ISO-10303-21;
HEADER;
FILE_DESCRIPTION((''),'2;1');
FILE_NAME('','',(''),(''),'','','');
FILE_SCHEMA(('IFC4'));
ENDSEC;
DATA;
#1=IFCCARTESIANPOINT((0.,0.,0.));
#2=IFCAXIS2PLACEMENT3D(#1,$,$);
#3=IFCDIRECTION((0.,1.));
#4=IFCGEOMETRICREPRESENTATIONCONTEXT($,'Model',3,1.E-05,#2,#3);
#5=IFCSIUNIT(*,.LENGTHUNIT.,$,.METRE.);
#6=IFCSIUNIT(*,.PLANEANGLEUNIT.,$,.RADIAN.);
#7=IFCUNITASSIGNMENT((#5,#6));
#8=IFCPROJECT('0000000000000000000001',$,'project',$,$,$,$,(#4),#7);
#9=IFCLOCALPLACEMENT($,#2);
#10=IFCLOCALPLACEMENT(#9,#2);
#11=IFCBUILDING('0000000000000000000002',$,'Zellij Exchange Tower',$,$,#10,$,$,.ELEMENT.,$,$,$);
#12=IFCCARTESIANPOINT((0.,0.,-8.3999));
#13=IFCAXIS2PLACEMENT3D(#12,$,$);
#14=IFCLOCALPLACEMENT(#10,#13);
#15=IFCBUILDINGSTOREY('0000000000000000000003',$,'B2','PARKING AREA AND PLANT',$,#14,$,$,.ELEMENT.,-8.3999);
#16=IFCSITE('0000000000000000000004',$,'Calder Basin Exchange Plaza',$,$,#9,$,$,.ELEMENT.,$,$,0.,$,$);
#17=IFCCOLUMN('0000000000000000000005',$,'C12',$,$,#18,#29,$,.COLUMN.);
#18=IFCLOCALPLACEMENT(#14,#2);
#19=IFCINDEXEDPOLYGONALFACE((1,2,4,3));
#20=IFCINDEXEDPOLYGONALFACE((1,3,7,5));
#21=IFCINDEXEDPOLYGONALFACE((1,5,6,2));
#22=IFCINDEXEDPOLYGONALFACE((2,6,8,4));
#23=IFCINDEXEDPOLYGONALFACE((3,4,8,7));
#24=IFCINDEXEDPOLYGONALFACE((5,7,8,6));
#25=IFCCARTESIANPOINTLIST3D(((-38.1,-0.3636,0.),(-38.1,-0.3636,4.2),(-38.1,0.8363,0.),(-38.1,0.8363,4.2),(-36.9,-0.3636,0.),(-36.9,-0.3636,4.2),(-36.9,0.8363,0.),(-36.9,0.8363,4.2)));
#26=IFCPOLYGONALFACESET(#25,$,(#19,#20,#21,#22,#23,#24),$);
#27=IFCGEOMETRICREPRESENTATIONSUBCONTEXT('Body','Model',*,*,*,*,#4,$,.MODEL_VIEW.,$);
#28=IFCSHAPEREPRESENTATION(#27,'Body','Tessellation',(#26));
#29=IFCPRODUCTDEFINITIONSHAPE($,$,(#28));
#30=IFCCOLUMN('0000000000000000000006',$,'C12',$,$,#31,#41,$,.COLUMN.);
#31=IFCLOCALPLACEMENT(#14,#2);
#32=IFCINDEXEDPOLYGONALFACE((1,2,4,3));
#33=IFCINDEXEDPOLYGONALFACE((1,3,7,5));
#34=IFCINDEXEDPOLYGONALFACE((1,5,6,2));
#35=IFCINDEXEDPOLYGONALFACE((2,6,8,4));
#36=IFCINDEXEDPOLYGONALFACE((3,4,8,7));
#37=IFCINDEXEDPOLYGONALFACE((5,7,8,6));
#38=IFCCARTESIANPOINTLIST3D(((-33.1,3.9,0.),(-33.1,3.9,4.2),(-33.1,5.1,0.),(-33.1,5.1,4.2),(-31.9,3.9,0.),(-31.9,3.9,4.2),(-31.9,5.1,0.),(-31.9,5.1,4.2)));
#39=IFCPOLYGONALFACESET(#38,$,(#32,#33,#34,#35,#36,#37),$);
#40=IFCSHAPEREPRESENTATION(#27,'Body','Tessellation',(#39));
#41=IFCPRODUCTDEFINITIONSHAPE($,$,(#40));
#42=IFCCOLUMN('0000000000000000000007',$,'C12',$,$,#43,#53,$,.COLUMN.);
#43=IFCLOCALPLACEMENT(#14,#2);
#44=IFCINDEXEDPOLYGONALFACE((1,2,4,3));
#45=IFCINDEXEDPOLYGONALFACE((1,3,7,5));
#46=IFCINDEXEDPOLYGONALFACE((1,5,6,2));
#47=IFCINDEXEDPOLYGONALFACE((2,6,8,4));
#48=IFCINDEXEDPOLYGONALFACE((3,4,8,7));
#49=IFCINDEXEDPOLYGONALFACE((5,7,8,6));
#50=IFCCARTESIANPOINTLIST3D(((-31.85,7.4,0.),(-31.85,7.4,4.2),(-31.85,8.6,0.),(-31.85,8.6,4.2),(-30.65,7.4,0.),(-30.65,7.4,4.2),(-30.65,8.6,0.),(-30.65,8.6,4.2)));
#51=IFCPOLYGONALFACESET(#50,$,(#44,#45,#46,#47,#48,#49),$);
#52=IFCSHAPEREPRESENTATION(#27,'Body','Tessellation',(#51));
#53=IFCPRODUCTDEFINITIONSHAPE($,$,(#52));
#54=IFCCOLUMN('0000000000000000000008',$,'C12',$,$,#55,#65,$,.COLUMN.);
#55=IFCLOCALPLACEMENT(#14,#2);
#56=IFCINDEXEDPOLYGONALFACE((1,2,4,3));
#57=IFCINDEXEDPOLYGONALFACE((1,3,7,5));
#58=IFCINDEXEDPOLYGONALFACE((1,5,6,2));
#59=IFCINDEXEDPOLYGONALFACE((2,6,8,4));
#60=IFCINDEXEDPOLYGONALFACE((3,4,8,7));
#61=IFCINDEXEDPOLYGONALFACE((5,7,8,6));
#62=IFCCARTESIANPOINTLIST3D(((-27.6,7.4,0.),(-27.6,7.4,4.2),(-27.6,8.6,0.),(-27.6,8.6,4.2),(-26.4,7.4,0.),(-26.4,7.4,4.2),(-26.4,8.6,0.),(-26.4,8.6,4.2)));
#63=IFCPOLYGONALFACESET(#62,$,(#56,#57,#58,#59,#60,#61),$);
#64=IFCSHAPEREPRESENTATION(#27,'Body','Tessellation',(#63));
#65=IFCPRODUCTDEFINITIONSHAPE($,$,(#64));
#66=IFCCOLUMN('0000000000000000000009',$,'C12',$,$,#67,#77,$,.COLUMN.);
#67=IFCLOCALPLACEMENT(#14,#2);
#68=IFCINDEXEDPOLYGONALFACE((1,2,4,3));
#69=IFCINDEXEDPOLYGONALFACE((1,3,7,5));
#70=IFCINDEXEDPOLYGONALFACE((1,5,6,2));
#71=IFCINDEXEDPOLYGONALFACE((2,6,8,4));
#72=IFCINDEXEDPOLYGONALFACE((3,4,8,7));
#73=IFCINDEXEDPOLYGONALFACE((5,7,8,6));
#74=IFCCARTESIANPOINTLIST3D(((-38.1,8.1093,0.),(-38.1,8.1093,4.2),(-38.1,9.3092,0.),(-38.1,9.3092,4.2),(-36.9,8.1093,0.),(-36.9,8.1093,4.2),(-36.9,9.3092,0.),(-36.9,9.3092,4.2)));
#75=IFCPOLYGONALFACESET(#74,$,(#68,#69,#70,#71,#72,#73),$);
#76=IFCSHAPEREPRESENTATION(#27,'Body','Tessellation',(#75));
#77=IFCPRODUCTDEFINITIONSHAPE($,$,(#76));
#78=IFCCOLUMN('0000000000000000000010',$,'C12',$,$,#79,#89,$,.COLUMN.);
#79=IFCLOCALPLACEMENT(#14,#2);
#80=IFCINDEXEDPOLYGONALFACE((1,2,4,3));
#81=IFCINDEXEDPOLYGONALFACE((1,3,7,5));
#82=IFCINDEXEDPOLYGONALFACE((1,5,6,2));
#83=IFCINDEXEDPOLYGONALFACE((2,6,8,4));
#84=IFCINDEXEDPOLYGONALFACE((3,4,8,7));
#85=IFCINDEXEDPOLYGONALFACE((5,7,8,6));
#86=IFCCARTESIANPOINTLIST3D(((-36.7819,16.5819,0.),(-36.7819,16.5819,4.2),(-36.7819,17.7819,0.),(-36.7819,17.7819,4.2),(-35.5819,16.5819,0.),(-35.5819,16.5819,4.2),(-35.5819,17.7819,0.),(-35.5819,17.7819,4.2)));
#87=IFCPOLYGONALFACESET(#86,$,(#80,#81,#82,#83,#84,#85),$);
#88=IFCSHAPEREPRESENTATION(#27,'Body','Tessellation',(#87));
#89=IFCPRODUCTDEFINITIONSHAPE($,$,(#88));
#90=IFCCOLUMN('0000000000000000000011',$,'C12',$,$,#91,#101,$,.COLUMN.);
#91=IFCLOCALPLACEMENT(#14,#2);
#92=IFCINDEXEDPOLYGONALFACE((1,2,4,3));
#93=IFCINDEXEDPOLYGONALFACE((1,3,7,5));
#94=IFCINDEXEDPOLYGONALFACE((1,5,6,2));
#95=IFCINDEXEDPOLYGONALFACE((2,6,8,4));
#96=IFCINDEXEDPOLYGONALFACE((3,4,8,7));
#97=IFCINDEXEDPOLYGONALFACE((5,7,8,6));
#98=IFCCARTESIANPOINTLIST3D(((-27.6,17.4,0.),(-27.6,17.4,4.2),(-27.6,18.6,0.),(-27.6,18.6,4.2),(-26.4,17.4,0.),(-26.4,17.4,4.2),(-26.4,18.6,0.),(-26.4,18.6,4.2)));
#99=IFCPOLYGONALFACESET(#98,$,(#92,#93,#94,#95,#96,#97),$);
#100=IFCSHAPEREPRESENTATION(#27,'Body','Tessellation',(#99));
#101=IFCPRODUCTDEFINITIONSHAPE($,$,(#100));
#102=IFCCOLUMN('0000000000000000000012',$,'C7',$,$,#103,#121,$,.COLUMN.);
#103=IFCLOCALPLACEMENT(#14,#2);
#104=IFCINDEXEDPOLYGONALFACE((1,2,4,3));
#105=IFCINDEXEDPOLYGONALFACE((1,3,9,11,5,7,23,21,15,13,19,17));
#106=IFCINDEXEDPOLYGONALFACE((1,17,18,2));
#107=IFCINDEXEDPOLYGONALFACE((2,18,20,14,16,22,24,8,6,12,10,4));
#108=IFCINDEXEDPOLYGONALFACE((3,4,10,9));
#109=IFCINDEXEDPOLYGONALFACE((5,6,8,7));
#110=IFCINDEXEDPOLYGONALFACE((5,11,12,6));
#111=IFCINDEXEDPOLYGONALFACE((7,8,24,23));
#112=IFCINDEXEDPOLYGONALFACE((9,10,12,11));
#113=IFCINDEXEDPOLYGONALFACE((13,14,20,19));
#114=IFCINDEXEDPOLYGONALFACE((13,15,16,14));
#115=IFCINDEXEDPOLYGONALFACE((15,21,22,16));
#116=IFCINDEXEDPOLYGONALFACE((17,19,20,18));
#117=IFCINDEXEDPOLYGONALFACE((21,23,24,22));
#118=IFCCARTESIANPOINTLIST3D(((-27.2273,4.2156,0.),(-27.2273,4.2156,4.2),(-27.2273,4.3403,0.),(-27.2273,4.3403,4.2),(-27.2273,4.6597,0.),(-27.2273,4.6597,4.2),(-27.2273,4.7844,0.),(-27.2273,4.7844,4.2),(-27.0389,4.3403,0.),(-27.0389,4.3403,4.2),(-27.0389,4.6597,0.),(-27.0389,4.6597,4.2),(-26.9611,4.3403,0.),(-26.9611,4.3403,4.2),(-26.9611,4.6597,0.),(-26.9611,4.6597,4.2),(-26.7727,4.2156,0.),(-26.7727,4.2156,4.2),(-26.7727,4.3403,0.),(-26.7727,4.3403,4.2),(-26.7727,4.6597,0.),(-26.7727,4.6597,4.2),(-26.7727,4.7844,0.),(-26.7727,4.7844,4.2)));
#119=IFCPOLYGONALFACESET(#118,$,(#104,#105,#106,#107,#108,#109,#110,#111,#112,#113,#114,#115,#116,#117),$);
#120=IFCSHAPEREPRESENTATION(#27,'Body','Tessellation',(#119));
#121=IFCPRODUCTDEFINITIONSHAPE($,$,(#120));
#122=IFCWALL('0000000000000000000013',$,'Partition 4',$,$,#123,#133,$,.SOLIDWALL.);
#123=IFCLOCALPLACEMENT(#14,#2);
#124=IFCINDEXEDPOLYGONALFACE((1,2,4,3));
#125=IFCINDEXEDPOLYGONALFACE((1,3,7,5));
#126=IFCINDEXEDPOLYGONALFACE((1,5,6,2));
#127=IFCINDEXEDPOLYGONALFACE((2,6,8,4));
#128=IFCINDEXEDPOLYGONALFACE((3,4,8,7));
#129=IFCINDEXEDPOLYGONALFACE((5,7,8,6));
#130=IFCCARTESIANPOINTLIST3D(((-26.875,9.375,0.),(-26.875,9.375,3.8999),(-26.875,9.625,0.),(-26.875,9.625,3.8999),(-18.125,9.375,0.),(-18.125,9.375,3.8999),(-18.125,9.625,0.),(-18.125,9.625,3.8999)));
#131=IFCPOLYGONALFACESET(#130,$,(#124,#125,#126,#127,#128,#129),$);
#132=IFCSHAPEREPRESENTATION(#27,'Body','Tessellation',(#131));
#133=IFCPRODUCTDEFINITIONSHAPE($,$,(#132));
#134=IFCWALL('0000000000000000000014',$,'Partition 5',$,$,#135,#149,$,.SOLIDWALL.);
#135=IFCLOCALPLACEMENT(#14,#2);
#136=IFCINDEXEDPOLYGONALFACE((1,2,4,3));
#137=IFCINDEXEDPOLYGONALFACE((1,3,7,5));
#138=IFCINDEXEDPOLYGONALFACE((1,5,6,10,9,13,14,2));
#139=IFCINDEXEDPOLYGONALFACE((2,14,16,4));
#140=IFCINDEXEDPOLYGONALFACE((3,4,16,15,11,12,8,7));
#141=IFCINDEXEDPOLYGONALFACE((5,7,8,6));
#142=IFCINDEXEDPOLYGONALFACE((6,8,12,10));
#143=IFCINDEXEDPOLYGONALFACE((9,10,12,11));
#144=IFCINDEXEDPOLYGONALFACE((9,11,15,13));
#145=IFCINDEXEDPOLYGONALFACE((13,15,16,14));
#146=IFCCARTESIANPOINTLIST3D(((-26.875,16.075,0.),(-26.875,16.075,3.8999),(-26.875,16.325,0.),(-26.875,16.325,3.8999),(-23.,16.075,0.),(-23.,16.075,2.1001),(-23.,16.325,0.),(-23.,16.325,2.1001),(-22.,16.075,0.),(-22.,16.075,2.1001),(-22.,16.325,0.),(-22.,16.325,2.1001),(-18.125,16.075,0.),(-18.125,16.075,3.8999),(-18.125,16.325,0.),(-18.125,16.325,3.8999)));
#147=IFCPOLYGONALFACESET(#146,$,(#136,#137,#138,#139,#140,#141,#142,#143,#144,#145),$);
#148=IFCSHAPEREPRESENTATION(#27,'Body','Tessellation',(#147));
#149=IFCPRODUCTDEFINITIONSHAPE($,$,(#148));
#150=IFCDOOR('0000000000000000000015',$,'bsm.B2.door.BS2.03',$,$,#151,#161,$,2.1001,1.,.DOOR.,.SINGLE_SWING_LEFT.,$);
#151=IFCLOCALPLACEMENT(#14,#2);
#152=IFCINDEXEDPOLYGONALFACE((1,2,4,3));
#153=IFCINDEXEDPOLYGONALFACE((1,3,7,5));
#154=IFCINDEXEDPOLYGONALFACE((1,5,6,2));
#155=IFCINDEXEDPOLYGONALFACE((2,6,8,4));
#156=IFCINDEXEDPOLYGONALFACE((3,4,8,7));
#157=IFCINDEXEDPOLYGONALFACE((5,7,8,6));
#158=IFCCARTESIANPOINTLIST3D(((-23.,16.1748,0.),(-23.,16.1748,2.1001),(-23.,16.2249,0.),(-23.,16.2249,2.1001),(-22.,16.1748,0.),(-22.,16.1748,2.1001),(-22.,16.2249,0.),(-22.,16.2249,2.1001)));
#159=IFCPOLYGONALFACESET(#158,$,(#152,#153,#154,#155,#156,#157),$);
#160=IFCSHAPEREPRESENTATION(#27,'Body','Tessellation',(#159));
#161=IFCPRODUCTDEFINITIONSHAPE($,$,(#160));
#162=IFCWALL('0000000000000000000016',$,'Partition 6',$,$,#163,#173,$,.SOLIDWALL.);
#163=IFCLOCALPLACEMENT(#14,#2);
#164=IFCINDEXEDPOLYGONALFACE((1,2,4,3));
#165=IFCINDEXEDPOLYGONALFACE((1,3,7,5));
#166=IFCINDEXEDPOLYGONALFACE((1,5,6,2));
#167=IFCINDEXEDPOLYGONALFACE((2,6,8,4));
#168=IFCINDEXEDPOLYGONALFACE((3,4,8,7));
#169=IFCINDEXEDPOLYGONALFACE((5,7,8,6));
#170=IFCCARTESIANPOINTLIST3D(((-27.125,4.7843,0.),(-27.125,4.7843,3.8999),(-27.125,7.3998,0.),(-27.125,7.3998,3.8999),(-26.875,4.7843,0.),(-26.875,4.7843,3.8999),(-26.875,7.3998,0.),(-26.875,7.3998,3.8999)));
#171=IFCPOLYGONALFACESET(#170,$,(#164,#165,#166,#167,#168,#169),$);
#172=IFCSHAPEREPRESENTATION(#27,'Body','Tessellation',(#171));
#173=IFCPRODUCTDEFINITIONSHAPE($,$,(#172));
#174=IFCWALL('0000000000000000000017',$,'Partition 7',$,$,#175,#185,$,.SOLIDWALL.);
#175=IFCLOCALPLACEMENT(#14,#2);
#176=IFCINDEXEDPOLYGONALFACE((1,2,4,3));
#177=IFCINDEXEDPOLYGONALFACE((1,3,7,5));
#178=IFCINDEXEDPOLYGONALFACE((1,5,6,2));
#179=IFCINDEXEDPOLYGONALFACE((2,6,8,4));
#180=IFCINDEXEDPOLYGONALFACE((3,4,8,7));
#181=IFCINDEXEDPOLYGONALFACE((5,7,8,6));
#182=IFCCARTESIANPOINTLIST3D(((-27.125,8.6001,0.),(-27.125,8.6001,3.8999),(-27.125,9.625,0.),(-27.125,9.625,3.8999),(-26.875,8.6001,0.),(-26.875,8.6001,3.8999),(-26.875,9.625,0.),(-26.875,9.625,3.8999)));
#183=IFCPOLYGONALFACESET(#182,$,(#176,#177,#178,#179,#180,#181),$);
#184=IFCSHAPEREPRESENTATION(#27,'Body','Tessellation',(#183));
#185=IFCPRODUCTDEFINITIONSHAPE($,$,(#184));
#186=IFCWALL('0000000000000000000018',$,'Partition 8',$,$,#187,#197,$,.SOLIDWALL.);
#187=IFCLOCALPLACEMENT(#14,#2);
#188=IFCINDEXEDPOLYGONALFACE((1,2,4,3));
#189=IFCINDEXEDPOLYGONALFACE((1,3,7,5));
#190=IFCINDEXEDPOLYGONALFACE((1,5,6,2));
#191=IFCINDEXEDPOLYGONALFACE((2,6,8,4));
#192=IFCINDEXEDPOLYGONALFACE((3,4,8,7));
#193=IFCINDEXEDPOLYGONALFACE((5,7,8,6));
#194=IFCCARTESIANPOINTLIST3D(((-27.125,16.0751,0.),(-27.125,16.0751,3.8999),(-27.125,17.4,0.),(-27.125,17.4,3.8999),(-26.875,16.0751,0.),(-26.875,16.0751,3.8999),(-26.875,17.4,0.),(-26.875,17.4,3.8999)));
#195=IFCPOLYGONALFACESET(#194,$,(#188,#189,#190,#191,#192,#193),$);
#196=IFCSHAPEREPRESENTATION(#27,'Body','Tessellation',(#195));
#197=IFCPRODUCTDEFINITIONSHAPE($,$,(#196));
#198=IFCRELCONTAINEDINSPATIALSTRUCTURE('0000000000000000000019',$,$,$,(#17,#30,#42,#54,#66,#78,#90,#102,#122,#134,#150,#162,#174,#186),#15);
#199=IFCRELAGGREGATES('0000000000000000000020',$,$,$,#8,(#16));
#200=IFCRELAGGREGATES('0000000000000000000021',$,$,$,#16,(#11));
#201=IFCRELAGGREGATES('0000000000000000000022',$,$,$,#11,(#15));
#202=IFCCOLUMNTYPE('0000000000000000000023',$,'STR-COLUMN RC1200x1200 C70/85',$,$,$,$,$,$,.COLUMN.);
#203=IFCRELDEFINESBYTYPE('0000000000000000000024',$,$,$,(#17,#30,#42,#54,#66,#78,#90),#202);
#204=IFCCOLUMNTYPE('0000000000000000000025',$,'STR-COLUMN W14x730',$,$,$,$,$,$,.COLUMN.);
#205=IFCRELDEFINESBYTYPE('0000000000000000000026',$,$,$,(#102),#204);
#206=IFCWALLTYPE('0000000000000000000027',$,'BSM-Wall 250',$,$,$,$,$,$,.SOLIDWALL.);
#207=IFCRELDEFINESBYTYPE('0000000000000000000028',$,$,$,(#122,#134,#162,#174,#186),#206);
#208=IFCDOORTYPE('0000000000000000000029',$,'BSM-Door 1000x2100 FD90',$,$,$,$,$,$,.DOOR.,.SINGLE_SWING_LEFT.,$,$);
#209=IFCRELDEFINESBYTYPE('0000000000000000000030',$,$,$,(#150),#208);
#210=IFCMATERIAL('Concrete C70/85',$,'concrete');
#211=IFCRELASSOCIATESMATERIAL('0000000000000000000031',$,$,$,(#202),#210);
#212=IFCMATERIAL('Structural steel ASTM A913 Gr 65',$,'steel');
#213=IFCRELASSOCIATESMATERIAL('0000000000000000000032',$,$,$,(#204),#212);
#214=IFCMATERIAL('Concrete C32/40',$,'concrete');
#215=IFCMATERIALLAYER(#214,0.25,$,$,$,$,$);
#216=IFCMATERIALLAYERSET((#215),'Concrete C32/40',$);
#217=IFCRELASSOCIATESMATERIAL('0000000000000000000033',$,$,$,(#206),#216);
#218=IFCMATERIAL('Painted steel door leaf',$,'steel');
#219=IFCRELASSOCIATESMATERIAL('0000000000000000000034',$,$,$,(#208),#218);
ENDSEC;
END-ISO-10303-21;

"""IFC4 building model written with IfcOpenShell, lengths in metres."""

from ifc_helpers import new_model, si_unit, direction, frame, frame_2d, origin, origin_2d, place, context, subcontext, project, spatial, rectangle, i_section, extrude, material, layer, layer_set, material_profile, profile_set, type_object, element, fill, save


model = new_model("IFC4")

# Units and contexts
model_context = context("Model", 3, precision=1e-05, world=origin(), true_north=direction((0.0, 1.0)))
body_context = subcontext(model_context, "Body", "Model", "MODEL_VIEW")
ifc_project = project(units=[si_unit("LENGTHUNIT", "METRE"), si_unit("PLANEANGLEUNIT", "RADIAN")], contexts=[model_context])

# Site, building, storey
site_placement = place(None, origin())
site = spatial("IfcSite", under=ifc_project, at=site_placement, Name="Calder Basin Exchange Plaza", CompositionType="ELEMENT", RefElevation=0.0)
building_placement = place(site_placement, origin())
building = spatial("IfcBuilding", under=site, at=building_placement, Name="Zellij Exchange Tower", CompositionType="ELEMENT")
storey_placement = place(building_placement, frame((0.0, 0.0, -8.3999)))
storey = spatial("IfcBuildingStorey", under=building, at=storey_placement, Name="B2", Description="PARKING AREA AND PLANT", CompositionType="ELEMENT", Elevation=-8.3999)

# Columns
ifc_material_1 = material(Name="Concrete C70/85", Category="concrete")
ifc_material_profile_1 = material_profile(ifc_material_1, rectangle(XDim=1.2, YDim=1.2, at=origin_2d()), Name="STR-COLUMN RC1200x1200 C70/85")
ifc_profile_set_1 = profile_set([ifc_material_profile_1], Name="Concrete C70/85")
column_type_1 = type_object("IfcColumnType", Name="STR-COLUMN RC1200x1200 C70/85", PredefinedType="COLUMN", material=ifc_profile_set_1)
for number, where, z_axis, x_axis, name in (
    (1, (-37.5, 0.2363, 0.0), (0.0, 0.0, 1.0), (1.0, 0.0, 0.0), "C12"),
    (2, (-32.5, 4.5, 0.0), (0.0, 0.0, 1.0), (1.0, 0.0, 0.0), "C12"),
    (3, (-31.25, 8.0, 0.0), (0.0, 0.0, 1.0), (1.0, 0.0, 0.0), "C12"),
    (4, (-27.0, 8.0, 0.0), (0.0, 0.0, 1.0), (1.0, 0.0, 0.0), "C12"),
    (5, (-37.5, 8.7092, 0.0), (0.0, 0.0, 1.0), (1.0, 0.0, 0.0), "C12"),
    (6, (-36.1819, 17.1819, 0.0), (0.0, 0.0, 1.0), (1.0, 0.0, 0.0), "C12"),
    (7, (-27.0, 18.0, 0.0), (0.0, 0.0, 1.0), (1.0, 0.0, 0.0), "C12"),
):
    element("IfcColumn", number, at=place(storey_placement, frame(where, z_axis=z_axis, x_axis=x_axis)), inside=storey, type_object=column_type_1, Name=name, PredefinedType="COLUMN", context=body_context, shape_type="SweptSolid", body=[
        extrude(rectangle(XDim=1.2, YDim=1.2, at=origin_2d()), origin(), (0.0, 0.0, 1.0), 4.2),
    ])
ifc_material_2 = material(Name="Structural steel ASTM A913 Gr 65", Category="steel")
ifc_material_profile_2 = material_profile(ifc_material_2, i_section(OverallWidth=0.4546, OverallDepth=0.5688, WebThickness=0.0779, FlangeThickness=0.1248, at=origin_2d()), Name="W14x730")
ifc_profile_set_2 = profile_set([ifc_material_profile_2], Name="Structural steel ASTM A913 Gr 65")
column_type_2 = type_object("IfcColumnType", Name="STR-COLUMN W14x730", PredefinedType="COLUMN", material=ifc_profile_set_2)
column_placement = place(storey_placement, frame((-27.0, 4.5, 0.0), z_axis=(0.0, 0.0, 1.0), x_axis=(1.0, 0.0, 0.0)))
element("IfcColumn", 8, at=column_placement, inside=storey, type_object=column_type_2, Name="C7", PredefinedType="COLUMN", context=body_context, shape_type="SweptSolid", body=[
    extrude(i_section(OverallWidth=0.4546, OverallDepth=0.5688, WebThickness=0.0779, FlangeThickness=0.1248, at=origin_2d()), origin(), (0.0, 0.0, 1.0), 4.2),
])

# Wall
ifc_material_3 = material(Name="Concrete C32/40", Category="concrete")
ifc_layer_1 = layer(ifc_material_3, 0.25)
ifc_layer_set_1 = layer_set([ifc_layer_1], Name="Concrete C32/40")
wall_type_1 = type_object("IfcWallType", Name="BSM-Wall 250", PredefinedType="SOLIDWALL", material=ifc_layer_set_1)
wall_1_placement = place(storey_placement, frame((-26.875, 9.5, 0.0), z_axis=(0.0, 0.0, 1.0), x_axis=(1.0, 0.0, 0.0)))
element("IfcWall", 9, at=wall_1_placement, inside=storey, type_object=wall_type_1, Name="Partition 4", PredefinedType="SOLIDWALL", context=body_context, shape_type="SweptSolid", body=[
    extrude(rectangle(XDim=8.75, YDim=0.25, at=frame_2d((4.375, 0.0))), origin(), (0.0, 0.0, 1.0), 3.8999),
])

# Wall, opening, door
wall_2_placement = place(storey_placement, frame((-26.875, 16.2, 0.0), z_axis=(0.0, 0.0, 1.0), x_axis=(1.0, 0.0, 0.0)))
wall_2 = element("IfcWall", 10, at=wall_2_placement, inside=storey, type_object=wall_type_1, Name="Partition 5", PredefinedType="SOLIDWALL", context=body_context, shape_type="SweptSolid", body=[
    extrude(rectangle(XDim=8.75, YDim=0.25, at=frame_2d((4.375, 0.0))), origin(), (0.0, 0.0, 1.0), 3.8999),
])
opening_1_placement = place(wall_2_placement, frame((3.875, 0.0, 0.0)))
opening_1 = element("IfcOpeningElement", 11, at=opening_1_placement, cuts=wall_2, PredefinedType="OPENING", context=body_context, shape_type="SweptSolid", body=[
    extrude(rectangle(XDim=1.0, YDim=2.1001, at=frame_2d((0.5, 1.05))), frame((0.0, 0.137, 0.0), z_axis=(0.0, -1.0, 0.0), x_axis=(1.0, 0.0, 0.0)), (0.0, 0.0, 1.0), 0.2739),
])
ifc_material_4 = material(Name="Painted steel door leaf", Category="steel")
door_type_1 = type_object("IfcDoorType", Name="BSM-Door 1000x2100 FD90", OperationType="SINGLE_SWING_LEFT", PredefinedType="DOOR", material=ifc_material_4)
door_1_placement = place(opening_1_placement, origin())
door_1 = element("IfcDoor", 12, at=door_1_placement, inside=storey, type_object=door_type_1, Name="bsm.B2.door.BS2.03", OperationType="SINGLE_SWING_LEFT", OverallHeight=2.1001, OverallWidth=1.0, PredefinedType="DOOR", context=body_context, shape_type="SweptSolid", body=[
    extrude(rectangle(XDim=1.0, YDim=2.1001, at=frame_2d((0.5, 1.05))), frame((0.0, 0.0249, 0.0), z_axis=(0.0, -1.0, 0.0), x_axis=(1.0, 0.0, 0.0)), (0.0, 0.0, 1.0), 0.05),
])
fill(opening_1, door_1)

# Walls
wall_3_placement = place(storey_placement, frame((-27.0, 4.7844, 0.0), z_axis=(0.0, 0.0, 1.0), x_axis=(0.0, 1.0, 0.0)))
element("IfcWall", 13, at=wall_3_placement, inside=storey, type_object=wall_type_1, Name="Partition 6", PredefinedType="SOLIDWALL", context=body_context, shape_type="SweptSolid", body=[
    extrude(rectangle(XDim=2.6155, YDim=0.25, at=frame_2d((1.3076, 0.0))), origin(), (0.0, 0.0, 1.0), 3.8999),
])
wall_4_placement = place(storey_placement, frame((-27.0, 8.6001, 0.0), z_axis=(0.0, 0.0, 1.0), x_axis=(0.0, 1.0, 0.0)))
element("IfcWall", 14, at=wall_4_placement, inside=storey, type_object=wall_type_1, Name="Partition 7", PredefinedType="SOLIDWALL", context=body_context, shape_type="SweptSolid", body=[
    extrude(rectangle(XDim=1.0249, YDim=0.25, at=frame_2d((0.5125, 0.0))), origin(), (0.0, 0.0, 1.0), 3.8999),
])
wall_5_placement = place(storey_placement, frame((-27.0, 16.075, 0.0), z_axis=(0.0, 0.0, 1.0), x_axis=(0.0, 1.0, 0.0)))
element("IfcWall", 15, at=wall_5_placement, inside=storey, type_object=wall_type_1, Name="Partition 8", PredefinedType="SOLIDWALL", context=body_context, shape_type="SweptSolid", body=[
    extrude(rectangle(XDim=1.325, YDim=0.25, at=frame_2d((0.6626, 0.0))), origin(), (0.0, 0.0, 1.0), 3.8999),
])

save(model, "model.ifc")
